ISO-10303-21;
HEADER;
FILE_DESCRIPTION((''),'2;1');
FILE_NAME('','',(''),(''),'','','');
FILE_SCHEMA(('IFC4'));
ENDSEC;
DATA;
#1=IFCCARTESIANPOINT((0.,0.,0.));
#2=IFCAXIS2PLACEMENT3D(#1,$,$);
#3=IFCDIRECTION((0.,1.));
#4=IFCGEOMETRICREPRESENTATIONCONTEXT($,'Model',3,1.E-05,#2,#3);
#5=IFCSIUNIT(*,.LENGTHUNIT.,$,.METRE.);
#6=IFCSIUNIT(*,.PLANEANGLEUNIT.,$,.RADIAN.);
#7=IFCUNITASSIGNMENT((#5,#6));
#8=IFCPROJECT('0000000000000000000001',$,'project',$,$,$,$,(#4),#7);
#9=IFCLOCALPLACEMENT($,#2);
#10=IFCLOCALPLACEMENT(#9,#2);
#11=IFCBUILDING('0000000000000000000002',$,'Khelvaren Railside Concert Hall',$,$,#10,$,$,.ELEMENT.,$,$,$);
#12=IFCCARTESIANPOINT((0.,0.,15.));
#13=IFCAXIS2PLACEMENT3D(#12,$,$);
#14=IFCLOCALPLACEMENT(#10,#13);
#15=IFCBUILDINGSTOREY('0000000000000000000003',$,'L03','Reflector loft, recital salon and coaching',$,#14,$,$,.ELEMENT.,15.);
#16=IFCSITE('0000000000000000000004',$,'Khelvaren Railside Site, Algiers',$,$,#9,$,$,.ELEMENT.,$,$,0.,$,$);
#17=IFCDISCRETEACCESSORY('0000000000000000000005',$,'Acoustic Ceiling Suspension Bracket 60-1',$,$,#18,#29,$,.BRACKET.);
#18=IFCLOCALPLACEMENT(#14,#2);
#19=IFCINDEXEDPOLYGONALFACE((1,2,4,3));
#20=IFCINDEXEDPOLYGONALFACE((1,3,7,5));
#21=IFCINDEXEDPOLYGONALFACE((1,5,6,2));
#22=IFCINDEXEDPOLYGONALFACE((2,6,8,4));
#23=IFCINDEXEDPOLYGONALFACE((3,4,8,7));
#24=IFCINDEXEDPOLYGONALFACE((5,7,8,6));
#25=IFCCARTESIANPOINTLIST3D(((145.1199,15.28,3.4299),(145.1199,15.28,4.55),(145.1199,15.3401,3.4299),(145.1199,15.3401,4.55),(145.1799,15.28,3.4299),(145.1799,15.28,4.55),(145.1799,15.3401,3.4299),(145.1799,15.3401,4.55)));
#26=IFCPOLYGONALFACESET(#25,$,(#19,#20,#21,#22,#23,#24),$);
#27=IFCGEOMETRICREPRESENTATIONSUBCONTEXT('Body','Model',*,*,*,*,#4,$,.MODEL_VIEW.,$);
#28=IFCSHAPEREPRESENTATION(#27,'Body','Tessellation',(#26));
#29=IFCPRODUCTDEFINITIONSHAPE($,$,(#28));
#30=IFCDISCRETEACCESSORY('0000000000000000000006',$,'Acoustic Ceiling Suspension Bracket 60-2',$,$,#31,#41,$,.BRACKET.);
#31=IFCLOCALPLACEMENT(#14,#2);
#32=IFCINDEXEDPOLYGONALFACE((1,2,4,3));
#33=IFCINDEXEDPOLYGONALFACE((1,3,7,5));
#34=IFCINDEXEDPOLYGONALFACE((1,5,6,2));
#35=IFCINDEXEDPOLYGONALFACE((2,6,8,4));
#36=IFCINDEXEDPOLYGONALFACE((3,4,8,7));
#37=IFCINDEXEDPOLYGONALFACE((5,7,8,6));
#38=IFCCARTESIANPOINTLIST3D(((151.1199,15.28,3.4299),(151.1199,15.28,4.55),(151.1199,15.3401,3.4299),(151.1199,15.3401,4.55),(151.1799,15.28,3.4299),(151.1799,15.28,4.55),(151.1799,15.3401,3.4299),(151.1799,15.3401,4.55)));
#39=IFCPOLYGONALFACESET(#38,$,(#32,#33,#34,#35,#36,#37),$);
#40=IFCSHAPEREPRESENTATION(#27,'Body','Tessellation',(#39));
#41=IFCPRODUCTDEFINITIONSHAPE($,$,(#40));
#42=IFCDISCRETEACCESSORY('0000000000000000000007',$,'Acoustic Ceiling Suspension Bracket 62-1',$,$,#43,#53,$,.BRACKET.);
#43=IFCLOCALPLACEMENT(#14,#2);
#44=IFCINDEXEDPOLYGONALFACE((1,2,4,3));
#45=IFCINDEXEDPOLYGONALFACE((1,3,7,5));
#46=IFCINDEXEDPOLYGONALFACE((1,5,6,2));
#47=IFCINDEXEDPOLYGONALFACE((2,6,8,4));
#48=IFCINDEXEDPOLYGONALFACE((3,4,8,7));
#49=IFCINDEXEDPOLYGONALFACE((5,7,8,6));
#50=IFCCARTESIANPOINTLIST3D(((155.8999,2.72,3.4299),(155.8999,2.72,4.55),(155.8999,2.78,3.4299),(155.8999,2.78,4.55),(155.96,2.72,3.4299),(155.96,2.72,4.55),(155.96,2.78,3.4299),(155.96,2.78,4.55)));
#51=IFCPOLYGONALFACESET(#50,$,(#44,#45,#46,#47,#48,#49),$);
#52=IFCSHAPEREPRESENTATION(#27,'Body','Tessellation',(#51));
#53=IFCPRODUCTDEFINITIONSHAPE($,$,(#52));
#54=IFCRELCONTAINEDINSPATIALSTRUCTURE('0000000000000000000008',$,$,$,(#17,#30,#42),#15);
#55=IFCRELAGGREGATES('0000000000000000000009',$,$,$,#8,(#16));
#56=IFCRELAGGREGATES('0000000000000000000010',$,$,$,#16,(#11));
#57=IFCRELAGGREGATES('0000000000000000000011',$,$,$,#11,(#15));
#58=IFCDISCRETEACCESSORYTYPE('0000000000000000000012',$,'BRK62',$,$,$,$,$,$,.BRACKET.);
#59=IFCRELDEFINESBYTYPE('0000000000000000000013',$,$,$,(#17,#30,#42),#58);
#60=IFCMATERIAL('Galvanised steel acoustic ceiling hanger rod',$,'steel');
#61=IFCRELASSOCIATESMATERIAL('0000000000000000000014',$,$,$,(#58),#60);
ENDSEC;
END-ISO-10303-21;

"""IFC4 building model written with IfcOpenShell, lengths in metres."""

from ifc_helpers import new_model, si_unit, direction, frame, origin, origin_2d, place, context, subcontext, project, spatial, rectangle, extrude, material, type_object, element, save


model = new_model("IFC4")

# Units and contexts
model_context = context("Model", 3, precision=1e-05, world=origin(), true_north=direction((0.0, 1.0)))
body_context = subcontext(model_context, "Body", "Model", "MODEL_VIEW")
ifc_project = project(units=[si_unit("LENGTHUNIT", "METRE"), si_unit("PLANEANGLEUNIT", "RADIAN")], contexts=[model_context])

# Site, building, storey
site_placement = place(None, origin())
site = spatial("IfcSite", under=ifc_project, at=site_placement, Name="Khelvaren Railside Site, Algiers", CompositionType="ELEMENT", RefElevation=0.0)
building_placement = place(site_placement, origin())
building = spatial("IfcBuilding", under=site, at=building_placement, Name="Khelvaren Railside Concert Hall", CompositionType="ELEMENT")
storey_placement = place(building_placement, frame((0.0, 0.0, 15.0)))
storey = spatial("IfcBuildingStorey", under=building, at=storey_placement, Name="L03", Description="Reflector loft, recital salon and coaching", CompositionType="ELEMENT", Elevation=15.0)

# Discrete accessories
ifc_material_1 = material(Name="Galvanised steel acoustic ceiling hanger rod", Category="steel")
discrete_accessory_type = type_object("IfcDiscreteAccessoryType", Name="BRK62", PredefinedType="BRACKET", material=ifc_material_1)
for number, where, z_axis, x_axis, name in (
    (1, (145.1499, 15.3101, 3.4299), (0.0, 0.0, 1.0), (1.0, 0.0, 0.0), "Acoustic Ceiling Suspension Bracket 60-1"),
    (2, (151.1499, 15.3101, 3.4299), (0.0, 0.0, 1.0), (1.0, 0.0, 0.0), "Acoustic Ceiling Suspension Bracket 60-2"),
    (3, (155.9299, 2.75, 3.4299), (0.0, 0.0, 1.0), (1.0, 0.0, 0.0), "Acoustic Ceiling Suspension Bracket 62-1"),
):
    element("IfcDiscreteAccessory", number, at=place(storey_placement, frame(where, z_axis=z_axis, x_axis=x_axis)), inside=storey, type_object=discrete_accessory_type, Name=name, PredefinedType="BRACKET", context=body_context, shape_type="SweptSolid", body=[
        extrude(rectangle(XDim=0.0601, YDim=0.0601, at=origin_2d()), origin(), (0.0, 0.0, 1.0), 1.1201),
    ])

save(model, "model.ifc")
